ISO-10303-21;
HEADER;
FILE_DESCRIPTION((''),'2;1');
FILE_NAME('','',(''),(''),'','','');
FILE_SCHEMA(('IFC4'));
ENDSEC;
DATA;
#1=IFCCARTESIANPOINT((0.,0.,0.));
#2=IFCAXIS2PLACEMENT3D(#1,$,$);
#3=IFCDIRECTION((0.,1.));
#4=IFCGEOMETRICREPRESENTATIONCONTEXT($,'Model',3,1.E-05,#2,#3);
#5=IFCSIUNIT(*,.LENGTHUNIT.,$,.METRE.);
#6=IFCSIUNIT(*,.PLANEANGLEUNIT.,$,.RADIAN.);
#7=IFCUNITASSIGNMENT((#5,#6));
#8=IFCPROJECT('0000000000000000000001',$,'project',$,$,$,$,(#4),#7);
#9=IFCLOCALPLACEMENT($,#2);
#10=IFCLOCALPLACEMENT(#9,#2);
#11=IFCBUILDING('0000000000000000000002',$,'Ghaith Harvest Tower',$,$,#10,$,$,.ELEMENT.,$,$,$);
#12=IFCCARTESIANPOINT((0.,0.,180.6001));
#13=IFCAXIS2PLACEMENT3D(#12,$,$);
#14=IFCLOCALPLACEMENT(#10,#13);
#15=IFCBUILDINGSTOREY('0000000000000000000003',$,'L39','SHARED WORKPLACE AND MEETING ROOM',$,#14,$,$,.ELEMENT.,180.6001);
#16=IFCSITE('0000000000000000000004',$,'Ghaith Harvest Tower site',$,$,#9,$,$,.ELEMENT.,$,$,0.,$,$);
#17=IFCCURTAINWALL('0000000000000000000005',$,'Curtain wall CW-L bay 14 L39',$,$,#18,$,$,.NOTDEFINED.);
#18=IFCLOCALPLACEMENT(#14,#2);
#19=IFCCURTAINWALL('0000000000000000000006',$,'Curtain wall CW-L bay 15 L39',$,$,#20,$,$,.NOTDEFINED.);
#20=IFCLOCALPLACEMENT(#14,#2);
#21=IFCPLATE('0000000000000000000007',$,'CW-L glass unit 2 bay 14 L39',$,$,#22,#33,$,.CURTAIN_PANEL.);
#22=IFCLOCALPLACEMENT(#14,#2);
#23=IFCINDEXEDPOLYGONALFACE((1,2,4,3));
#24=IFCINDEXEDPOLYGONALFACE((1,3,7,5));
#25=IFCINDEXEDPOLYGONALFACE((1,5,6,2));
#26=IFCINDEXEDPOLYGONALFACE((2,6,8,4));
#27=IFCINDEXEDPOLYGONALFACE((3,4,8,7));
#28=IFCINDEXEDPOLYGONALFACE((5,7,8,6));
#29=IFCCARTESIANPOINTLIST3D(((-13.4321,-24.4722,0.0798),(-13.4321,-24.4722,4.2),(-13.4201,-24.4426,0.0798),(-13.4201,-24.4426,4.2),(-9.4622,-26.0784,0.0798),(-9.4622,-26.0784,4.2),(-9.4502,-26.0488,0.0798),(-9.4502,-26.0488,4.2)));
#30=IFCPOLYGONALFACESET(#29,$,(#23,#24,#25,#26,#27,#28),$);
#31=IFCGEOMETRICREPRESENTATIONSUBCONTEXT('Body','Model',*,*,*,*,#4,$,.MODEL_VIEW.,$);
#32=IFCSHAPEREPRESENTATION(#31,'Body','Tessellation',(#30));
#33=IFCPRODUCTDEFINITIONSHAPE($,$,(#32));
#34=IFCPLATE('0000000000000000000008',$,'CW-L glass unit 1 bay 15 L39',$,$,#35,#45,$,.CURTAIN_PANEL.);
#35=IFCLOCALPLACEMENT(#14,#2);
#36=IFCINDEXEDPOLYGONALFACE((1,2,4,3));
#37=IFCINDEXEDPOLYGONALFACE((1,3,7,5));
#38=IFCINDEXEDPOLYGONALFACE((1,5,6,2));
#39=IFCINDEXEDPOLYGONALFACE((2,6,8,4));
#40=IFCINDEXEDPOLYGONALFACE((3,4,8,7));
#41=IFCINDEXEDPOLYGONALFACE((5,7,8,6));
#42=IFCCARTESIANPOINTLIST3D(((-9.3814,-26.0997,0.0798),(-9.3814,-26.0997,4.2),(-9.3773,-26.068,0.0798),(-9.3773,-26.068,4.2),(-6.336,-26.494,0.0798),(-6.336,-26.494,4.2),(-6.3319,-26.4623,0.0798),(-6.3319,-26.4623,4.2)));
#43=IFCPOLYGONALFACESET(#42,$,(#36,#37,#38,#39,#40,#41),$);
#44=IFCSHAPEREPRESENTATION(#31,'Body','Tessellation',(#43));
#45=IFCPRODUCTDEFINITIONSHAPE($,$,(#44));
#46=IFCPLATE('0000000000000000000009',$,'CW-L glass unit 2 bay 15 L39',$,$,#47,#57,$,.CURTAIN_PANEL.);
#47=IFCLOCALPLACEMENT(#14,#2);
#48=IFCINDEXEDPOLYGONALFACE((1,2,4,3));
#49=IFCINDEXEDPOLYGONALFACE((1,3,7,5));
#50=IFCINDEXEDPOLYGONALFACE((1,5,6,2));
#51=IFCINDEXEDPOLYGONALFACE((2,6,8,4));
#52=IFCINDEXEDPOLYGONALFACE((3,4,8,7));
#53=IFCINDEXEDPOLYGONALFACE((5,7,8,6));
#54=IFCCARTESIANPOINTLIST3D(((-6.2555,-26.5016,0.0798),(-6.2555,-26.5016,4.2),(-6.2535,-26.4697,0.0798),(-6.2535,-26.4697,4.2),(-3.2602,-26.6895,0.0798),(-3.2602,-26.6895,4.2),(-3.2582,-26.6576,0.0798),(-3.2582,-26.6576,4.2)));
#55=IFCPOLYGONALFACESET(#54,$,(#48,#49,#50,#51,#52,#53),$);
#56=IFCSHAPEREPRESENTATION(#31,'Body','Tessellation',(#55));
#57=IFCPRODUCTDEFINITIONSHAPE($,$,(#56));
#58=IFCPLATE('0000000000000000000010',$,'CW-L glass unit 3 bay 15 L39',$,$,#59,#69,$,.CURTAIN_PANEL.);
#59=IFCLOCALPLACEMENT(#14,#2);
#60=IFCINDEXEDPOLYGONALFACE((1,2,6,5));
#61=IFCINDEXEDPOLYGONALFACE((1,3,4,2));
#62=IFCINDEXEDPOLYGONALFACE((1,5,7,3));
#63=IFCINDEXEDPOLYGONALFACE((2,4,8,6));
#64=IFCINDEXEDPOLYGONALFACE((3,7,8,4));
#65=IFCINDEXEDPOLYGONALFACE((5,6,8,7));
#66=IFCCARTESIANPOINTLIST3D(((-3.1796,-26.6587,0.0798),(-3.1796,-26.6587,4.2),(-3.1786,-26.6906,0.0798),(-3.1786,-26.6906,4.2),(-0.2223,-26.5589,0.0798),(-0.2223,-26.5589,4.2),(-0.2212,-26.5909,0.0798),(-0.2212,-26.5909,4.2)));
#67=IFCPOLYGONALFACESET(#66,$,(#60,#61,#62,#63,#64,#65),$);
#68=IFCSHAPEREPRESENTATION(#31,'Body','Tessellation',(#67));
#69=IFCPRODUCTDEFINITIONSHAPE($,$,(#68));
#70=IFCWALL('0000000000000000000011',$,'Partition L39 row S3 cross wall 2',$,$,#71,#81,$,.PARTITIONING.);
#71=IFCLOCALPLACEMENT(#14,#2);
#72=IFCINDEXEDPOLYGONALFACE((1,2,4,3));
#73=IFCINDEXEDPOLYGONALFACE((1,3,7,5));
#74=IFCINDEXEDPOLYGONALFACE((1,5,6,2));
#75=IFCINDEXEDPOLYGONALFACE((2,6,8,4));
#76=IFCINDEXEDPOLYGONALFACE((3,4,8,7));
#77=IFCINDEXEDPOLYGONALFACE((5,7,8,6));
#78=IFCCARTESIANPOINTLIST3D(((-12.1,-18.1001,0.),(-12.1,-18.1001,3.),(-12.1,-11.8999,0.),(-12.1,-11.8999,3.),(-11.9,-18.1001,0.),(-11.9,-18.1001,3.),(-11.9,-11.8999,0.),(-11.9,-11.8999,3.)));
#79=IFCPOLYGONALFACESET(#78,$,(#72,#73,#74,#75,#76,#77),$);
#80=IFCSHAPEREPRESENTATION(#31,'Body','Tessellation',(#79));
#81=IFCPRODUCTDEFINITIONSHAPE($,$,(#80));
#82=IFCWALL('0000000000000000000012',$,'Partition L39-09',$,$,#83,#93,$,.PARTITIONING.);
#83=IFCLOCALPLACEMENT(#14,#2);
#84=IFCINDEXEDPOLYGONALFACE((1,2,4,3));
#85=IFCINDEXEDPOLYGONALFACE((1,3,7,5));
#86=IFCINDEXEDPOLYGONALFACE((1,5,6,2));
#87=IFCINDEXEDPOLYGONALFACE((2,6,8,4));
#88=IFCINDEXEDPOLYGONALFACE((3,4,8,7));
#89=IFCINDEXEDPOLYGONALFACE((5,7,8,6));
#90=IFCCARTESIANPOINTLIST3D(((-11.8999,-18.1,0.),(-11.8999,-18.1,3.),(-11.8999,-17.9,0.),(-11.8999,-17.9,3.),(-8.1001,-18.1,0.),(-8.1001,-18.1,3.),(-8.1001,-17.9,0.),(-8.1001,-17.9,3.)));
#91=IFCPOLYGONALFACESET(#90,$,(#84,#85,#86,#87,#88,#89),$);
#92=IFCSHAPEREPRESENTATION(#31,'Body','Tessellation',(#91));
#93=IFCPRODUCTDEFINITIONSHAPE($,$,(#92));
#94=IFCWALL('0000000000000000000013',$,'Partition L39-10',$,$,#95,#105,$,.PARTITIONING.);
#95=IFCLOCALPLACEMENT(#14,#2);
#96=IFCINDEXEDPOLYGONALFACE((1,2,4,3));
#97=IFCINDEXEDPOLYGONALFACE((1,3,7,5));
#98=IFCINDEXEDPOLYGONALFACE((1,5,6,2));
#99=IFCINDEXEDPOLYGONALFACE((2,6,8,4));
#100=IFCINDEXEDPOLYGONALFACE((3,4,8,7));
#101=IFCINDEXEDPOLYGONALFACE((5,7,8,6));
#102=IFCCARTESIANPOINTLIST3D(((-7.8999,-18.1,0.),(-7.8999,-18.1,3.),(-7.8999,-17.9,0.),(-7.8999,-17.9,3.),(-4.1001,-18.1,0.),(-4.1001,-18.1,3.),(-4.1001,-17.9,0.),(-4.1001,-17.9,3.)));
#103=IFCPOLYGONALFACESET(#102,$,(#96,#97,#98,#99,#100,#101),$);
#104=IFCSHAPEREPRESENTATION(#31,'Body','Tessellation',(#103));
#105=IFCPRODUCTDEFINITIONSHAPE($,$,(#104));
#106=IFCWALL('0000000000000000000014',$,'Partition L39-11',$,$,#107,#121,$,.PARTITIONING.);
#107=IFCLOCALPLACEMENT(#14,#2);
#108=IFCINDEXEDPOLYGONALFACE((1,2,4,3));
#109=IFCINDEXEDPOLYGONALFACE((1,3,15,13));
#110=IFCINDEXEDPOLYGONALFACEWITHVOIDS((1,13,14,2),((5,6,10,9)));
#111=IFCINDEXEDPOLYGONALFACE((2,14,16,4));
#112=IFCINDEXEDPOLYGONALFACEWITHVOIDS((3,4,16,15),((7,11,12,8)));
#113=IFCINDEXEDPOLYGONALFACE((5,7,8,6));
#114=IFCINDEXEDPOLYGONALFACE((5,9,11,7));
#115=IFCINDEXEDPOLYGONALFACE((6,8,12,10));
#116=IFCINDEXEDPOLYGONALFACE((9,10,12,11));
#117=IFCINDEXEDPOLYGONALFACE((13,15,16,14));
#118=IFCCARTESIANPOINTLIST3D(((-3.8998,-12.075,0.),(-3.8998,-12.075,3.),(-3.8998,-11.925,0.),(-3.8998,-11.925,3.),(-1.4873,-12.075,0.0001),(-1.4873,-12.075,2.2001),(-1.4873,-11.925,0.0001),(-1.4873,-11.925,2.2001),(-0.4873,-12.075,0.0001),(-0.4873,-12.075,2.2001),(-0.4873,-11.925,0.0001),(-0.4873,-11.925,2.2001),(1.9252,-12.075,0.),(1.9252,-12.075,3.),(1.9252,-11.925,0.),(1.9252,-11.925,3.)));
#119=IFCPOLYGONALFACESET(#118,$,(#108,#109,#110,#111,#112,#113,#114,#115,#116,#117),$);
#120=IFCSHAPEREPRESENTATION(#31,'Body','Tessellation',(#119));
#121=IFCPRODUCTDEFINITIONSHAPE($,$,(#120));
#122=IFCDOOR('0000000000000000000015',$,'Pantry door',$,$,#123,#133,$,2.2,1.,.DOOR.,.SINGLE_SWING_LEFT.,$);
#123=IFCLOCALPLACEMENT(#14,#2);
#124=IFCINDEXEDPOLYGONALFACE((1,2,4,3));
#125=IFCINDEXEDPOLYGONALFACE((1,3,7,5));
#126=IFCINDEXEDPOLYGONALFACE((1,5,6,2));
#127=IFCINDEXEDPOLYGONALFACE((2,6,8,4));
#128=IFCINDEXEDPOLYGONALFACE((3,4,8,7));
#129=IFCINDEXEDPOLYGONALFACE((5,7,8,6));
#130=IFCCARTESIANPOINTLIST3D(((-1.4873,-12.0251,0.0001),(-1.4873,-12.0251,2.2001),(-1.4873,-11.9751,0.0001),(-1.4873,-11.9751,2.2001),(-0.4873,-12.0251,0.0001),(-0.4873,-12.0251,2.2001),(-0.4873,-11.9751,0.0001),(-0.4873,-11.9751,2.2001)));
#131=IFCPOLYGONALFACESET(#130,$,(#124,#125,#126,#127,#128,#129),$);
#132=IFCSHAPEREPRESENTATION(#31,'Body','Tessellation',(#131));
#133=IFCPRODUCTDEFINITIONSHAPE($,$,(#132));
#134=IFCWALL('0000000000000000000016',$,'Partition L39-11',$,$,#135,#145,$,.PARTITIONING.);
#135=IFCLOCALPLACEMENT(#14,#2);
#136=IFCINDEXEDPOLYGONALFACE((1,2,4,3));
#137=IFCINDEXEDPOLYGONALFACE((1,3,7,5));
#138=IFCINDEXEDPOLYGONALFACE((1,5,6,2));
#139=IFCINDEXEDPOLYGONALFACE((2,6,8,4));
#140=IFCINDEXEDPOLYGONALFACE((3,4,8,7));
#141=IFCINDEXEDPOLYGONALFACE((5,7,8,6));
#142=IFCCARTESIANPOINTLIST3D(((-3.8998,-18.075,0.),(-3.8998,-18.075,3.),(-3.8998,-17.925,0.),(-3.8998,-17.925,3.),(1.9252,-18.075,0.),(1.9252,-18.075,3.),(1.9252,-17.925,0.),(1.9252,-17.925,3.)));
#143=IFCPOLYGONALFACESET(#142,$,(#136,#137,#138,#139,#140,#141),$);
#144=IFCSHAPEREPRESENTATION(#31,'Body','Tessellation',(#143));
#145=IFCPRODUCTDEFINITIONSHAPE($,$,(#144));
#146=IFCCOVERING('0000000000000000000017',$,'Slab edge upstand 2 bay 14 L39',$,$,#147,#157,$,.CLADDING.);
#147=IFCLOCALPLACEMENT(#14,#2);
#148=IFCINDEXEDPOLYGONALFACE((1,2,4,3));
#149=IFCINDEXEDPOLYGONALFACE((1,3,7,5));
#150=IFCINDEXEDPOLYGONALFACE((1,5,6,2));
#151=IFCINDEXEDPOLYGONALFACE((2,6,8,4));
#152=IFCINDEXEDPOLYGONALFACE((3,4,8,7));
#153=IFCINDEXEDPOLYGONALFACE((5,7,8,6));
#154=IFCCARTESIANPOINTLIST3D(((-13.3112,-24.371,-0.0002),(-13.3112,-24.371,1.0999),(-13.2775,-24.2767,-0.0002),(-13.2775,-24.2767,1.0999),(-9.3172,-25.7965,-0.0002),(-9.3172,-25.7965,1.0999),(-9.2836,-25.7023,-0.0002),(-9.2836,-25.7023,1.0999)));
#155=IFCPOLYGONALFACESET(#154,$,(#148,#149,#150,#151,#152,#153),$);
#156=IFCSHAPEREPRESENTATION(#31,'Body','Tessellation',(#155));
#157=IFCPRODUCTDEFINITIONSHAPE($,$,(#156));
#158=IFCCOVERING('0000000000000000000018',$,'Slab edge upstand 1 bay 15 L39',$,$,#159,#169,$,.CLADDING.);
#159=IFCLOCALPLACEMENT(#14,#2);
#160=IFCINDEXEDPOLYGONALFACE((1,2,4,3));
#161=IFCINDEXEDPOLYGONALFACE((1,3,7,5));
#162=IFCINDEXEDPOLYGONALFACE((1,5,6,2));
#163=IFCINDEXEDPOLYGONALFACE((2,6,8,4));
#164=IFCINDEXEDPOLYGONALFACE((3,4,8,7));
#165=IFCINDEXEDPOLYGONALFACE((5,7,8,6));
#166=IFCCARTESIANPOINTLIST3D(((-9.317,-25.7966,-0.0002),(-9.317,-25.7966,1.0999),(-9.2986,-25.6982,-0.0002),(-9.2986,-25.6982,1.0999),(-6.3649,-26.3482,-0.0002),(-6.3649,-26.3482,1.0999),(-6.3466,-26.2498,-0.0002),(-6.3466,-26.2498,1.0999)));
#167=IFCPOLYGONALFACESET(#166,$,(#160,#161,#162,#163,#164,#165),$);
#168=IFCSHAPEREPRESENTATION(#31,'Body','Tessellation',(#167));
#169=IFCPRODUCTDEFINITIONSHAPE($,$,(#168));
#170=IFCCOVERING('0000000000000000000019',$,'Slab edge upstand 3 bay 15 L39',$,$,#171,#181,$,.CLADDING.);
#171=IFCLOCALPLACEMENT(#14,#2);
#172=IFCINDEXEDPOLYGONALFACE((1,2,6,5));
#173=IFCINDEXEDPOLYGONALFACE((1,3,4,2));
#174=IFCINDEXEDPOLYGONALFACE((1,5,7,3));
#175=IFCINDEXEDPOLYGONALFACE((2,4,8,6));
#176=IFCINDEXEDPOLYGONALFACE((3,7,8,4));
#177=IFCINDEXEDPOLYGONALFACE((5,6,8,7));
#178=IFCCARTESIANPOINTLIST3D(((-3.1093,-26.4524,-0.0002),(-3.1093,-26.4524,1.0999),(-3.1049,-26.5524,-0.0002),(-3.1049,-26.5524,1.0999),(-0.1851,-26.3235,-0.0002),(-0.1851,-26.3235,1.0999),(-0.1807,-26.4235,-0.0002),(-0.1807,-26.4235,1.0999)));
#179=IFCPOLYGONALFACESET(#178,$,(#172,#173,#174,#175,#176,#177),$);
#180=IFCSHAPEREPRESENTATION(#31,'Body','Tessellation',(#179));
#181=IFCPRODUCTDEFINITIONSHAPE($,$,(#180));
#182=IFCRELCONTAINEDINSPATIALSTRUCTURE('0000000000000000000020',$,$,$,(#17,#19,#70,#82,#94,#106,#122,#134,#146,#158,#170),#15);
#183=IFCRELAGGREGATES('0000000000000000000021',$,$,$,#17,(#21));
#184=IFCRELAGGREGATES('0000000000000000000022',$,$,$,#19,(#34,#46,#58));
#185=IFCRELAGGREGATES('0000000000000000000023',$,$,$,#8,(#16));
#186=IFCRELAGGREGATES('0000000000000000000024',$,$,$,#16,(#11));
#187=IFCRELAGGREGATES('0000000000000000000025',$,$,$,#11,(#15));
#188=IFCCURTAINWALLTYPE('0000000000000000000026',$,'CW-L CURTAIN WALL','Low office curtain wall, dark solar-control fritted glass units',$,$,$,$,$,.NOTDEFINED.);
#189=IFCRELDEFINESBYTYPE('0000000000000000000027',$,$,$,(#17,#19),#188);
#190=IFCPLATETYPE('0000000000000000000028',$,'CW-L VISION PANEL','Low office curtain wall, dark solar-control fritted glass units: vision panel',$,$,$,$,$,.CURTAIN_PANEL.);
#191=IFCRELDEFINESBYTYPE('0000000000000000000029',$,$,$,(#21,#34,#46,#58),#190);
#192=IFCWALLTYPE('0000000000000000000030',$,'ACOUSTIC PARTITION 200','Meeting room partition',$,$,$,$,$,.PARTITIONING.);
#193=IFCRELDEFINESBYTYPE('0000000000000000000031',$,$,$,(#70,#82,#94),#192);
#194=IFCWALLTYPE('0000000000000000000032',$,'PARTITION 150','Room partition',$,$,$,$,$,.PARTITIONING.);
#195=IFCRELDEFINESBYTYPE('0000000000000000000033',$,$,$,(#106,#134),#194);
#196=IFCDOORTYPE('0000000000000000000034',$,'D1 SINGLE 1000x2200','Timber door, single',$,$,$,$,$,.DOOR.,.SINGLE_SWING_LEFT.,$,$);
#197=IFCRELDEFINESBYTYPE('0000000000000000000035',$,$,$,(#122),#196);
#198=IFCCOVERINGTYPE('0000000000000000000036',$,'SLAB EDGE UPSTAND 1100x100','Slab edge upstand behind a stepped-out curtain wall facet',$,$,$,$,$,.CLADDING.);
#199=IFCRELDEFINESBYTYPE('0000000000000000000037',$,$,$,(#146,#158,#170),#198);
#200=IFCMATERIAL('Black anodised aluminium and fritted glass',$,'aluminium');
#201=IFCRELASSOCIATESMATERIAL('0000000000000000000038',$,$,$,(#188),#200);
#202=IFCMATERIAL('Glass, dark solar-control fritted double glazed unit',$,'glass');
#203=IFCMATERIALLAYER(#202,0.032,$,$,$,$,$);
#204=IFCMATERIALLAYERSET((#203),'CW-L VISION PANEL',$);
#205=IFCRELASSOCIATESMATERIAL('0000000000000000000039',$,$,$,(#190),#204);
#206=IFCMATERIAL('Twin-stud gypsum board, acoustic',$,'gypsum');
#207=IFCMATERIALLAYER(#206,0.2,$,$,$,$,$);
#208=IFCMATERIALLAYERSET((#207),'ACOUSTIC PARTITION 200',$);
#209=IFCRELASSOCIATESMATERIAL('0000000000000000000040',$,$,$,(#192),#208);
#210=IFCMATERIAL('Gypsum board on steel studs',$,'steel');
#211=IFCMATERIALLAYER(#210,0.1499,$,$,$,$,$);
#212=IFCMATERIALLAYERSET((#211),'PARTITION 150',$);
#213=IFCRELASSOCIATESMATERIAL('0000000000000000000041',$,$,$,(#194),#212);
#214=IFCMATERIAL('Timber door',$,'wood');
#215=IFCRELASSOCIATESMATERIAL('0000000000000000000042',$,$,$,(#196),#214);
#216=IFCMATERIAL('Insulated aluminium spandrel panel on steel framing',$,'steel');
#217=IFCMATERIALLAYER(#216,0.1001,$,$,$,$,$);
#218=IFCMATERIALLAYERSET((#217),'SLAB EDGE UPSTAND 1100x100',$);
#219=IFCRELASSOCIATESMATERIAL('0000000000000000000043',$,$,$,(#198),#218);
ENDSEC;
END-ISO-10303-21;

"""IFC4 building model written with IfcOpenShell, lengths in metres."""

from ifc_helpers import new_model, si_unit, direction, frame, frame_2d, origin, origin_2d, place, context, subcontext, project, spatial, rectangle, extrude, material, layer, layer_set, type_object, element, fill, aggregate, save


model = new_model("IFC4")

# Units and contexts
model_context = context("Model", 3, precision=1e-05, world=origin(), true_north=direction((0.0, 1.0)))
body_context = subcontext(model_context, "Body", "Model", "MODEL_VIEW")
ifc_project = project(units=[si_unit("LENGTHUNIT", "METRE"), si_unit("PLANEANGLEUNIT", "RADIAN")], contexts=[model_context])

# Site, building, storey
site_placement = place(None, origin())
site = spatial("IfcSite", under=ifc_project, at=site_placement, Name="Ghaith Harvest Tower site", CompositionType="ELEMENT", RefElevation=0.0)
building_placement = place(site_placement, origin())
building = spatial("IfcBuilding", under=site, at=building_placement, Name="Ghaith Harvest Tower", CompositionType="ELEMENT")
storey_placement = place(building_placement, frame((0.0, 0.0, 180.6001)))
storey = spatial("IfcBuildingStorey", under=building, at=storey_placement, Name="L39", Description="SHARED WORKPLACE AND MEETING ROOM", CompositionType="ELEMENT", Elevation=180.6001)

# Curtain wall
ifc_material_1 = material(Name="Black anodised aluminium and fritted glass", Category="aluminium")
curtain_wall_type = type_object("IfcCurtainWallType", Name="CW-L CURTAIN WALL", Description="Low office curtain wall, dark solar-control fritted glass units", PredefinedType="NOTDEFINED", material=ifc_material_1)
curtain_wall_1_placement = place(storey_placement, origin())
curtain_wall_1 = element("IfcCurtainWall", 1, at=curtain_wall_1_placement, inside=storey, type_object=curtain_wall_type, Name="Curtain wall CW-L bay 14 L39", PredefinedType="NOTDEFINED")

# Curtain wall
curtain_wall_2_placement = place(storey_placement, origin())
curtain_wall_2 = element("IfcCurtainWall", 2, at=curtain_wall_2_placement, inside=storey, type_object=curtain_wall_type, Name="Curtain wall CW-L bay 15 L39", PredefinedType="NOTDEFINED")

# Plates
ifc_material_2 = material(Name="Glass, dark solar-control fritted double glazed unit", Category="glass")
ifc_layer_1 = layer(ifc_material_2, 0.032)
ifc_layer_set_1 = layer_set([ifc_layer_1], Name="CW-L VISION PANEL")
plate_type = type_object("IfcPlateType", Name="CW-L VISION PANEL", Description="Low office curtain wall, dark solar-control fritted glass units: vision panel", PredefinedType="CURTAIN_PANEL", material=ifc_layer_set_1)
plate_1_placement = place(storey_placement, frame((-11.4412, -25.2605, 0.0798), z_axis=(0.0, 0.0, 1.0), x_axis=(0.927003, -0.375055, 0.0)))
plate_1 = element("IfcPlate", 3, at=plate_1_placement, type_object=plate_type, Name="CW-L glass unit 2 bay 14 L39", PredefinedType="CURTAIN_PANEL", context=body_context, shape_type="SweptSolid", body=[
    extrude(rectangle(XDim=4.2825, YDim=0.032, at=origin_2d()), origin(), (0.0, 0.0, 1.0), 4.1201),
])
aggregate(curtain_wall_1, [plate_1])
plate_2_placement = place(storey_placement, frame((-7.8567, -26.281, 0.0798), z_axis=(0.0, 0.0, 1.0), x_axis=(0.991723, -0.128392, 0.0)))
plate_2 = element("IfcPlate", 4, at=plate_2_placement, type_object=plate_type, Name="CW-L glass unit 1 bay 15 L39", PredefinedType="CURTAIN_PANEL", context=body_context, shape_type="SweptSolid", body=[
    extrude(rectangle(XDim=3.0708, YDim=0.032, at=origin_2d()), origin(), (0.0, 0.0, 1.0), 4.1201),
])
plate_3_placement = place(storey_placement, frame((-4.7568, -26.5796, 0.0798), z_axis=(0.0, 0.0, 1.0), x_axis=(0.998038, -0.062607, 0.0)))
plate_3 = element("IfcPlate", 5, at=plate_3_placement, type_object=plate_type, Name="CW-L glass unit 2 bay 15 L39", PredefinedType="CURTAIN_PANEL", context=body_context, shape_type="SweptSolid", body=[
    extrude(rectangle(XDim=3.0012, YDim=0.032, at=origin_2d()), origin(), (0.0, 0.0, 1.0), 4.1201),
])
plate_4_placement = place(storey_placement, frame((-1.7004, -26.6248, 0.0798), z_axis=(0.0, 0.0, 1.0), x_axis=(0.999432, 0.033714, 0.0)))
plate_4 = element("IfcPlate", 6, at=plate_4_placement, type_object=plate_type, Name="CW-L glass unit 3 bay 15 L39", PredefinedType="CURTAIN_PANEL", context=body_context, shape_type="SweptSolid", body=[
    extrude(rectangle(XDim=2.959, YDim=0.032, at=origin_2d()), origin(), (0.0, 0.0, 1.0), 4.1201),
])
aggregate(curtain_wall_2, [plate_2, plate_3, plate_4])

# Wall
ifc_material_3 = material(Name="Twin-stud gypsum board, acoustic", Category="gypsum")
ifc_layer_2 = layer(ifc_material_3, 0.2)
ifc_layer_set_2 = layer_set([ifc_layer_2], Name="ACOUSTIC PARTITION 200")
wall_type_1 = type_object("IfcWallType", Name="ACOUSTIC PARTITION 200", Description="Meeting room partition", PredefinedType="PARTITIONING", material=ifc_layer_set_2)
wall_1_placement = place(storey_placement, frame((-12.0, -11.8999, 0.0), z_axis=(0.0, 0.0, 1.0), x_axis=(0.0, -1.0, 0.0)))
element("IfcWall", 7, at=wall_1_placement, inside=storey, type_object=wall_type_1, Name="Partition L39 row S3 cross wall 2", PredefinedType="PARTITIONING", context=body_context, shape_type="SweptSolid", body=[
    extrude(rectangle(XDim=6.2002, YDim=0.2, at=frame_2d((3.1001, 0.0))), origin(), (0.0, 0.0, 1.0), 3.0),
])

# Wall
wall_2_placement = place(storey_placement, frame((-11.8999, -18.0, 0.0), z_axis=(0.0, 0.0, 1.0), x_axis=(1.0, 0.0, 0.0)))
element("IfcWall", 8, at=wall_2_placement, inside=storey, type_object=wall_type_1, Name="Partition L39-09", PredefinedType="PARTITIONING", context=body_context, shape_type="SweptSolid", body=[
    extrude(rectangle(XDim=3.7998, YDim=0.2, at=frame_2d((1.8999, 0.0))), origin(), (0.0, 0.0, 1.0), 3.0),
])

# Wall
wall_3_placement = place(storey_placement, frame((-7.8999, -18.0, 0.0), z_axis=(0.0, 0.0, 1.0), x_axis=(1.0, 0.0, 0.0)))
element("IfcWall", 9, at=wall_3_placement, inside=storey, type_object=wall_type_1, Name="Partition L39-10", PredefinedType="PARTITIONING", context=body_context, shape_type="SweptSolid", body=[
    extrude(rectangle(XDim=3.7998, YDim=0.2, at=frame_2d((1.8999, 0.0))), origin(), (0.0, 0.0, 1.0), 3.0),
])

# Wall, opening, door
ifc_material_4 = material(Name="Gypsum board on steel studs", Category="steel")
ifc_layer_3 = layer(ifc_material_4, 0.1499)
ifc_layer_set_3 = layer_set([ifc_layer_3], Name="PARTITION 150")
wall_type_2 = type_object("IfcWallType", Name="PARTITION 150", Description="Room partition", PredefinedType="PARTITIONING", material=ifc_layer_set_3)
wall_4_placement = place(storey_placement, frame((-3.8999, -12.0, 0.0), z_axis=(0.0, 0.0, 1.0), x_axis=(1.0, 0.0, 0.0)))
wall_4 = element("IfcWall", 10, at=wall_4_placement, inside=storey, type_object=wall_type_2, Name="Partition L39-11", PredefinedType="PARTITIONING", context=body_context, shape_type="SweptSolid", body=[
    extrude(rectangle(XDim=5.825, YDim=0.1499, at=frame_2d((2.9126, 0.0))), origin(), (0.0, 0.0, 1.0), 3.0),
])
opening_1_placement = place(wall_4_placement, frame((2.4126, 0.0, 0.0)))
opening_1 = element("IfcOpeningElement", 11, at=opening_1_placement, cuts=wall_4, PredefinedType="OPENING", context=body_context, shape_type="SweptSolid", body=[
    extrude(rectangle(XDim=1.0, YDim=2.2, at=frame_2d((0.5, 1.1001))), frame((0.0, 0.085, 0.0), z_axis=(0.0, -1.0, 0.0), x_axis=(1.0, 0.0, 0.0)), (0.0, 0.0, 1.0), 0.1699),
])
ifc_material_5 = material(Name="Timber door", Category="wood")
door_type_1 = type_object("IfcDoorType", Name="D1 SINGLE 1000x2200", Description="Timber door, single", OperationType="SINGLE_SWING_LEFT", PredefinedType="DOOR", material=ifc_material_5)
door_1_placement = place(opening_1_placement, origin())
door_1 = element("IfcDoor", 12, at=door_1_placement, inside=storey, type_object=door_type_1, Name="Pantry door", OperationType="SINGLE_SWING_LEFT", OverallHeight=2.2, OverallWidth=1.0, PredefinedType="DOOR", context=body_context, shape_type="SweptSolid", body=[
    extrude(rectangle(XDim=1.0, YDim=2.2, at=frame_2d((0.5, 1.1001))), frame((0.0, 0.0249, 0.0), z_axis=(0.0, -1.0, 0.0), x_axis=(1.0, 0.0, 0.0)), (0.0, 0.0, 1.0), 0.05),
])
fill(opening_1, door_1)

# Wall
wall_5_placement = place(storey_placement, frame((-3.8999, -18.0, 0.0), z_axis=(0.0, 0.0, 1.0), x_axis=(1.0, 0.0, 0.0)))
element("IfcWall", 13, at=wall_5_placement, inside=storey, type_object=wall_type_2, Name="Partition L39-11", PredefinedType="PARTITIONING", context=body_context, shape_type="SweptSolid", body=[
    extrude(rectangle(XDim=5.825, YDim=0.1499, at=frame_2d((2.9126, 0.0))), origin(), (0.0, 0.0, 1.0), 3.0),
])

# Coverings
ifc_material_6 = material(Name="Insulated aluminium spandrel panel on steel framing", Category="steel")
ifc_layer_4 = layer(ifc_material_6, 0.1001)
ifc_layer_set_4 = layer_set([ifc_layer_4], Name="SLAB EDGE UPSTAND 1100x100")
covering_type = type_object("IfcCoveringType", Name="SLAB EDGE UPSTAND 1100x100", Description="Slab edge upstand behind a stepped-out curtain wall facet", PredefinedType="CLADDING", material=ifc_layer_set_4)
covering_1_placement = place(storey_placement, frame((-11.2974, -25.0366, -0.0002), z_axis=(0.0, 0.0, 1.0), x_axis=(0.941807, -0.336154, 0.0)))
element("IfcCovering", 14, at=covering_1_placement, inside=storey, type_object=covering_type, Name="Slab edge upstand 2 bay 14 L39", PredefinedType="CLADDING", context=body_context, shape_type="SweptSolid", body=[
    extrude(rectangle(XDim=4.2407, YDim=0.1001, at=origin_2d()), origin(), (0.0, 0.0, 1.0), 1.1001),
])
covering_2_placement = place(storey_placement, frame((-7.8318, -26.0232, -0.0002), z_axis=(0.0, 0.0, 1.0), x_axis=(0.98299, -0.183659, 0.0)))
element("IfcCovering", 15, at=covering_2_placement, inside=storey, type_object=covering_type, Name="Slab edge upstand 1 bay 15 L39", PredefinedType="CLADDING", context=body_context, shape_type="SweptSolid", body=[
    extrude(rectangle(XDim=3.0032, YDim=0.1001, at=origin_2d()), origin(), (0.0, 0.0, 1.0), 1.1001),
])
covering_3_placement = place(storey_placement, frame((-1.645, -26.438, -0.0002), z_axis=(0.0, 0.0, 1.0), x_axis=(0.99903, 0.044045, 0.0)))
element("IfcCovering", 16, at=covering_3_placement, inside=storey, type_object=covering_type, Name="Slab edge upstand 3 bay 15 L39", PredefinedType="CLADDING", context=body_context, shape_type="SweptSolid", body=[
    extrude(rectangle(XDim=2.927, YDim=0.1001, at=origin_2d()), origin(), (0.0, 0.0, 1.0), 1.1001),
])

save(model, "model.ifc")
